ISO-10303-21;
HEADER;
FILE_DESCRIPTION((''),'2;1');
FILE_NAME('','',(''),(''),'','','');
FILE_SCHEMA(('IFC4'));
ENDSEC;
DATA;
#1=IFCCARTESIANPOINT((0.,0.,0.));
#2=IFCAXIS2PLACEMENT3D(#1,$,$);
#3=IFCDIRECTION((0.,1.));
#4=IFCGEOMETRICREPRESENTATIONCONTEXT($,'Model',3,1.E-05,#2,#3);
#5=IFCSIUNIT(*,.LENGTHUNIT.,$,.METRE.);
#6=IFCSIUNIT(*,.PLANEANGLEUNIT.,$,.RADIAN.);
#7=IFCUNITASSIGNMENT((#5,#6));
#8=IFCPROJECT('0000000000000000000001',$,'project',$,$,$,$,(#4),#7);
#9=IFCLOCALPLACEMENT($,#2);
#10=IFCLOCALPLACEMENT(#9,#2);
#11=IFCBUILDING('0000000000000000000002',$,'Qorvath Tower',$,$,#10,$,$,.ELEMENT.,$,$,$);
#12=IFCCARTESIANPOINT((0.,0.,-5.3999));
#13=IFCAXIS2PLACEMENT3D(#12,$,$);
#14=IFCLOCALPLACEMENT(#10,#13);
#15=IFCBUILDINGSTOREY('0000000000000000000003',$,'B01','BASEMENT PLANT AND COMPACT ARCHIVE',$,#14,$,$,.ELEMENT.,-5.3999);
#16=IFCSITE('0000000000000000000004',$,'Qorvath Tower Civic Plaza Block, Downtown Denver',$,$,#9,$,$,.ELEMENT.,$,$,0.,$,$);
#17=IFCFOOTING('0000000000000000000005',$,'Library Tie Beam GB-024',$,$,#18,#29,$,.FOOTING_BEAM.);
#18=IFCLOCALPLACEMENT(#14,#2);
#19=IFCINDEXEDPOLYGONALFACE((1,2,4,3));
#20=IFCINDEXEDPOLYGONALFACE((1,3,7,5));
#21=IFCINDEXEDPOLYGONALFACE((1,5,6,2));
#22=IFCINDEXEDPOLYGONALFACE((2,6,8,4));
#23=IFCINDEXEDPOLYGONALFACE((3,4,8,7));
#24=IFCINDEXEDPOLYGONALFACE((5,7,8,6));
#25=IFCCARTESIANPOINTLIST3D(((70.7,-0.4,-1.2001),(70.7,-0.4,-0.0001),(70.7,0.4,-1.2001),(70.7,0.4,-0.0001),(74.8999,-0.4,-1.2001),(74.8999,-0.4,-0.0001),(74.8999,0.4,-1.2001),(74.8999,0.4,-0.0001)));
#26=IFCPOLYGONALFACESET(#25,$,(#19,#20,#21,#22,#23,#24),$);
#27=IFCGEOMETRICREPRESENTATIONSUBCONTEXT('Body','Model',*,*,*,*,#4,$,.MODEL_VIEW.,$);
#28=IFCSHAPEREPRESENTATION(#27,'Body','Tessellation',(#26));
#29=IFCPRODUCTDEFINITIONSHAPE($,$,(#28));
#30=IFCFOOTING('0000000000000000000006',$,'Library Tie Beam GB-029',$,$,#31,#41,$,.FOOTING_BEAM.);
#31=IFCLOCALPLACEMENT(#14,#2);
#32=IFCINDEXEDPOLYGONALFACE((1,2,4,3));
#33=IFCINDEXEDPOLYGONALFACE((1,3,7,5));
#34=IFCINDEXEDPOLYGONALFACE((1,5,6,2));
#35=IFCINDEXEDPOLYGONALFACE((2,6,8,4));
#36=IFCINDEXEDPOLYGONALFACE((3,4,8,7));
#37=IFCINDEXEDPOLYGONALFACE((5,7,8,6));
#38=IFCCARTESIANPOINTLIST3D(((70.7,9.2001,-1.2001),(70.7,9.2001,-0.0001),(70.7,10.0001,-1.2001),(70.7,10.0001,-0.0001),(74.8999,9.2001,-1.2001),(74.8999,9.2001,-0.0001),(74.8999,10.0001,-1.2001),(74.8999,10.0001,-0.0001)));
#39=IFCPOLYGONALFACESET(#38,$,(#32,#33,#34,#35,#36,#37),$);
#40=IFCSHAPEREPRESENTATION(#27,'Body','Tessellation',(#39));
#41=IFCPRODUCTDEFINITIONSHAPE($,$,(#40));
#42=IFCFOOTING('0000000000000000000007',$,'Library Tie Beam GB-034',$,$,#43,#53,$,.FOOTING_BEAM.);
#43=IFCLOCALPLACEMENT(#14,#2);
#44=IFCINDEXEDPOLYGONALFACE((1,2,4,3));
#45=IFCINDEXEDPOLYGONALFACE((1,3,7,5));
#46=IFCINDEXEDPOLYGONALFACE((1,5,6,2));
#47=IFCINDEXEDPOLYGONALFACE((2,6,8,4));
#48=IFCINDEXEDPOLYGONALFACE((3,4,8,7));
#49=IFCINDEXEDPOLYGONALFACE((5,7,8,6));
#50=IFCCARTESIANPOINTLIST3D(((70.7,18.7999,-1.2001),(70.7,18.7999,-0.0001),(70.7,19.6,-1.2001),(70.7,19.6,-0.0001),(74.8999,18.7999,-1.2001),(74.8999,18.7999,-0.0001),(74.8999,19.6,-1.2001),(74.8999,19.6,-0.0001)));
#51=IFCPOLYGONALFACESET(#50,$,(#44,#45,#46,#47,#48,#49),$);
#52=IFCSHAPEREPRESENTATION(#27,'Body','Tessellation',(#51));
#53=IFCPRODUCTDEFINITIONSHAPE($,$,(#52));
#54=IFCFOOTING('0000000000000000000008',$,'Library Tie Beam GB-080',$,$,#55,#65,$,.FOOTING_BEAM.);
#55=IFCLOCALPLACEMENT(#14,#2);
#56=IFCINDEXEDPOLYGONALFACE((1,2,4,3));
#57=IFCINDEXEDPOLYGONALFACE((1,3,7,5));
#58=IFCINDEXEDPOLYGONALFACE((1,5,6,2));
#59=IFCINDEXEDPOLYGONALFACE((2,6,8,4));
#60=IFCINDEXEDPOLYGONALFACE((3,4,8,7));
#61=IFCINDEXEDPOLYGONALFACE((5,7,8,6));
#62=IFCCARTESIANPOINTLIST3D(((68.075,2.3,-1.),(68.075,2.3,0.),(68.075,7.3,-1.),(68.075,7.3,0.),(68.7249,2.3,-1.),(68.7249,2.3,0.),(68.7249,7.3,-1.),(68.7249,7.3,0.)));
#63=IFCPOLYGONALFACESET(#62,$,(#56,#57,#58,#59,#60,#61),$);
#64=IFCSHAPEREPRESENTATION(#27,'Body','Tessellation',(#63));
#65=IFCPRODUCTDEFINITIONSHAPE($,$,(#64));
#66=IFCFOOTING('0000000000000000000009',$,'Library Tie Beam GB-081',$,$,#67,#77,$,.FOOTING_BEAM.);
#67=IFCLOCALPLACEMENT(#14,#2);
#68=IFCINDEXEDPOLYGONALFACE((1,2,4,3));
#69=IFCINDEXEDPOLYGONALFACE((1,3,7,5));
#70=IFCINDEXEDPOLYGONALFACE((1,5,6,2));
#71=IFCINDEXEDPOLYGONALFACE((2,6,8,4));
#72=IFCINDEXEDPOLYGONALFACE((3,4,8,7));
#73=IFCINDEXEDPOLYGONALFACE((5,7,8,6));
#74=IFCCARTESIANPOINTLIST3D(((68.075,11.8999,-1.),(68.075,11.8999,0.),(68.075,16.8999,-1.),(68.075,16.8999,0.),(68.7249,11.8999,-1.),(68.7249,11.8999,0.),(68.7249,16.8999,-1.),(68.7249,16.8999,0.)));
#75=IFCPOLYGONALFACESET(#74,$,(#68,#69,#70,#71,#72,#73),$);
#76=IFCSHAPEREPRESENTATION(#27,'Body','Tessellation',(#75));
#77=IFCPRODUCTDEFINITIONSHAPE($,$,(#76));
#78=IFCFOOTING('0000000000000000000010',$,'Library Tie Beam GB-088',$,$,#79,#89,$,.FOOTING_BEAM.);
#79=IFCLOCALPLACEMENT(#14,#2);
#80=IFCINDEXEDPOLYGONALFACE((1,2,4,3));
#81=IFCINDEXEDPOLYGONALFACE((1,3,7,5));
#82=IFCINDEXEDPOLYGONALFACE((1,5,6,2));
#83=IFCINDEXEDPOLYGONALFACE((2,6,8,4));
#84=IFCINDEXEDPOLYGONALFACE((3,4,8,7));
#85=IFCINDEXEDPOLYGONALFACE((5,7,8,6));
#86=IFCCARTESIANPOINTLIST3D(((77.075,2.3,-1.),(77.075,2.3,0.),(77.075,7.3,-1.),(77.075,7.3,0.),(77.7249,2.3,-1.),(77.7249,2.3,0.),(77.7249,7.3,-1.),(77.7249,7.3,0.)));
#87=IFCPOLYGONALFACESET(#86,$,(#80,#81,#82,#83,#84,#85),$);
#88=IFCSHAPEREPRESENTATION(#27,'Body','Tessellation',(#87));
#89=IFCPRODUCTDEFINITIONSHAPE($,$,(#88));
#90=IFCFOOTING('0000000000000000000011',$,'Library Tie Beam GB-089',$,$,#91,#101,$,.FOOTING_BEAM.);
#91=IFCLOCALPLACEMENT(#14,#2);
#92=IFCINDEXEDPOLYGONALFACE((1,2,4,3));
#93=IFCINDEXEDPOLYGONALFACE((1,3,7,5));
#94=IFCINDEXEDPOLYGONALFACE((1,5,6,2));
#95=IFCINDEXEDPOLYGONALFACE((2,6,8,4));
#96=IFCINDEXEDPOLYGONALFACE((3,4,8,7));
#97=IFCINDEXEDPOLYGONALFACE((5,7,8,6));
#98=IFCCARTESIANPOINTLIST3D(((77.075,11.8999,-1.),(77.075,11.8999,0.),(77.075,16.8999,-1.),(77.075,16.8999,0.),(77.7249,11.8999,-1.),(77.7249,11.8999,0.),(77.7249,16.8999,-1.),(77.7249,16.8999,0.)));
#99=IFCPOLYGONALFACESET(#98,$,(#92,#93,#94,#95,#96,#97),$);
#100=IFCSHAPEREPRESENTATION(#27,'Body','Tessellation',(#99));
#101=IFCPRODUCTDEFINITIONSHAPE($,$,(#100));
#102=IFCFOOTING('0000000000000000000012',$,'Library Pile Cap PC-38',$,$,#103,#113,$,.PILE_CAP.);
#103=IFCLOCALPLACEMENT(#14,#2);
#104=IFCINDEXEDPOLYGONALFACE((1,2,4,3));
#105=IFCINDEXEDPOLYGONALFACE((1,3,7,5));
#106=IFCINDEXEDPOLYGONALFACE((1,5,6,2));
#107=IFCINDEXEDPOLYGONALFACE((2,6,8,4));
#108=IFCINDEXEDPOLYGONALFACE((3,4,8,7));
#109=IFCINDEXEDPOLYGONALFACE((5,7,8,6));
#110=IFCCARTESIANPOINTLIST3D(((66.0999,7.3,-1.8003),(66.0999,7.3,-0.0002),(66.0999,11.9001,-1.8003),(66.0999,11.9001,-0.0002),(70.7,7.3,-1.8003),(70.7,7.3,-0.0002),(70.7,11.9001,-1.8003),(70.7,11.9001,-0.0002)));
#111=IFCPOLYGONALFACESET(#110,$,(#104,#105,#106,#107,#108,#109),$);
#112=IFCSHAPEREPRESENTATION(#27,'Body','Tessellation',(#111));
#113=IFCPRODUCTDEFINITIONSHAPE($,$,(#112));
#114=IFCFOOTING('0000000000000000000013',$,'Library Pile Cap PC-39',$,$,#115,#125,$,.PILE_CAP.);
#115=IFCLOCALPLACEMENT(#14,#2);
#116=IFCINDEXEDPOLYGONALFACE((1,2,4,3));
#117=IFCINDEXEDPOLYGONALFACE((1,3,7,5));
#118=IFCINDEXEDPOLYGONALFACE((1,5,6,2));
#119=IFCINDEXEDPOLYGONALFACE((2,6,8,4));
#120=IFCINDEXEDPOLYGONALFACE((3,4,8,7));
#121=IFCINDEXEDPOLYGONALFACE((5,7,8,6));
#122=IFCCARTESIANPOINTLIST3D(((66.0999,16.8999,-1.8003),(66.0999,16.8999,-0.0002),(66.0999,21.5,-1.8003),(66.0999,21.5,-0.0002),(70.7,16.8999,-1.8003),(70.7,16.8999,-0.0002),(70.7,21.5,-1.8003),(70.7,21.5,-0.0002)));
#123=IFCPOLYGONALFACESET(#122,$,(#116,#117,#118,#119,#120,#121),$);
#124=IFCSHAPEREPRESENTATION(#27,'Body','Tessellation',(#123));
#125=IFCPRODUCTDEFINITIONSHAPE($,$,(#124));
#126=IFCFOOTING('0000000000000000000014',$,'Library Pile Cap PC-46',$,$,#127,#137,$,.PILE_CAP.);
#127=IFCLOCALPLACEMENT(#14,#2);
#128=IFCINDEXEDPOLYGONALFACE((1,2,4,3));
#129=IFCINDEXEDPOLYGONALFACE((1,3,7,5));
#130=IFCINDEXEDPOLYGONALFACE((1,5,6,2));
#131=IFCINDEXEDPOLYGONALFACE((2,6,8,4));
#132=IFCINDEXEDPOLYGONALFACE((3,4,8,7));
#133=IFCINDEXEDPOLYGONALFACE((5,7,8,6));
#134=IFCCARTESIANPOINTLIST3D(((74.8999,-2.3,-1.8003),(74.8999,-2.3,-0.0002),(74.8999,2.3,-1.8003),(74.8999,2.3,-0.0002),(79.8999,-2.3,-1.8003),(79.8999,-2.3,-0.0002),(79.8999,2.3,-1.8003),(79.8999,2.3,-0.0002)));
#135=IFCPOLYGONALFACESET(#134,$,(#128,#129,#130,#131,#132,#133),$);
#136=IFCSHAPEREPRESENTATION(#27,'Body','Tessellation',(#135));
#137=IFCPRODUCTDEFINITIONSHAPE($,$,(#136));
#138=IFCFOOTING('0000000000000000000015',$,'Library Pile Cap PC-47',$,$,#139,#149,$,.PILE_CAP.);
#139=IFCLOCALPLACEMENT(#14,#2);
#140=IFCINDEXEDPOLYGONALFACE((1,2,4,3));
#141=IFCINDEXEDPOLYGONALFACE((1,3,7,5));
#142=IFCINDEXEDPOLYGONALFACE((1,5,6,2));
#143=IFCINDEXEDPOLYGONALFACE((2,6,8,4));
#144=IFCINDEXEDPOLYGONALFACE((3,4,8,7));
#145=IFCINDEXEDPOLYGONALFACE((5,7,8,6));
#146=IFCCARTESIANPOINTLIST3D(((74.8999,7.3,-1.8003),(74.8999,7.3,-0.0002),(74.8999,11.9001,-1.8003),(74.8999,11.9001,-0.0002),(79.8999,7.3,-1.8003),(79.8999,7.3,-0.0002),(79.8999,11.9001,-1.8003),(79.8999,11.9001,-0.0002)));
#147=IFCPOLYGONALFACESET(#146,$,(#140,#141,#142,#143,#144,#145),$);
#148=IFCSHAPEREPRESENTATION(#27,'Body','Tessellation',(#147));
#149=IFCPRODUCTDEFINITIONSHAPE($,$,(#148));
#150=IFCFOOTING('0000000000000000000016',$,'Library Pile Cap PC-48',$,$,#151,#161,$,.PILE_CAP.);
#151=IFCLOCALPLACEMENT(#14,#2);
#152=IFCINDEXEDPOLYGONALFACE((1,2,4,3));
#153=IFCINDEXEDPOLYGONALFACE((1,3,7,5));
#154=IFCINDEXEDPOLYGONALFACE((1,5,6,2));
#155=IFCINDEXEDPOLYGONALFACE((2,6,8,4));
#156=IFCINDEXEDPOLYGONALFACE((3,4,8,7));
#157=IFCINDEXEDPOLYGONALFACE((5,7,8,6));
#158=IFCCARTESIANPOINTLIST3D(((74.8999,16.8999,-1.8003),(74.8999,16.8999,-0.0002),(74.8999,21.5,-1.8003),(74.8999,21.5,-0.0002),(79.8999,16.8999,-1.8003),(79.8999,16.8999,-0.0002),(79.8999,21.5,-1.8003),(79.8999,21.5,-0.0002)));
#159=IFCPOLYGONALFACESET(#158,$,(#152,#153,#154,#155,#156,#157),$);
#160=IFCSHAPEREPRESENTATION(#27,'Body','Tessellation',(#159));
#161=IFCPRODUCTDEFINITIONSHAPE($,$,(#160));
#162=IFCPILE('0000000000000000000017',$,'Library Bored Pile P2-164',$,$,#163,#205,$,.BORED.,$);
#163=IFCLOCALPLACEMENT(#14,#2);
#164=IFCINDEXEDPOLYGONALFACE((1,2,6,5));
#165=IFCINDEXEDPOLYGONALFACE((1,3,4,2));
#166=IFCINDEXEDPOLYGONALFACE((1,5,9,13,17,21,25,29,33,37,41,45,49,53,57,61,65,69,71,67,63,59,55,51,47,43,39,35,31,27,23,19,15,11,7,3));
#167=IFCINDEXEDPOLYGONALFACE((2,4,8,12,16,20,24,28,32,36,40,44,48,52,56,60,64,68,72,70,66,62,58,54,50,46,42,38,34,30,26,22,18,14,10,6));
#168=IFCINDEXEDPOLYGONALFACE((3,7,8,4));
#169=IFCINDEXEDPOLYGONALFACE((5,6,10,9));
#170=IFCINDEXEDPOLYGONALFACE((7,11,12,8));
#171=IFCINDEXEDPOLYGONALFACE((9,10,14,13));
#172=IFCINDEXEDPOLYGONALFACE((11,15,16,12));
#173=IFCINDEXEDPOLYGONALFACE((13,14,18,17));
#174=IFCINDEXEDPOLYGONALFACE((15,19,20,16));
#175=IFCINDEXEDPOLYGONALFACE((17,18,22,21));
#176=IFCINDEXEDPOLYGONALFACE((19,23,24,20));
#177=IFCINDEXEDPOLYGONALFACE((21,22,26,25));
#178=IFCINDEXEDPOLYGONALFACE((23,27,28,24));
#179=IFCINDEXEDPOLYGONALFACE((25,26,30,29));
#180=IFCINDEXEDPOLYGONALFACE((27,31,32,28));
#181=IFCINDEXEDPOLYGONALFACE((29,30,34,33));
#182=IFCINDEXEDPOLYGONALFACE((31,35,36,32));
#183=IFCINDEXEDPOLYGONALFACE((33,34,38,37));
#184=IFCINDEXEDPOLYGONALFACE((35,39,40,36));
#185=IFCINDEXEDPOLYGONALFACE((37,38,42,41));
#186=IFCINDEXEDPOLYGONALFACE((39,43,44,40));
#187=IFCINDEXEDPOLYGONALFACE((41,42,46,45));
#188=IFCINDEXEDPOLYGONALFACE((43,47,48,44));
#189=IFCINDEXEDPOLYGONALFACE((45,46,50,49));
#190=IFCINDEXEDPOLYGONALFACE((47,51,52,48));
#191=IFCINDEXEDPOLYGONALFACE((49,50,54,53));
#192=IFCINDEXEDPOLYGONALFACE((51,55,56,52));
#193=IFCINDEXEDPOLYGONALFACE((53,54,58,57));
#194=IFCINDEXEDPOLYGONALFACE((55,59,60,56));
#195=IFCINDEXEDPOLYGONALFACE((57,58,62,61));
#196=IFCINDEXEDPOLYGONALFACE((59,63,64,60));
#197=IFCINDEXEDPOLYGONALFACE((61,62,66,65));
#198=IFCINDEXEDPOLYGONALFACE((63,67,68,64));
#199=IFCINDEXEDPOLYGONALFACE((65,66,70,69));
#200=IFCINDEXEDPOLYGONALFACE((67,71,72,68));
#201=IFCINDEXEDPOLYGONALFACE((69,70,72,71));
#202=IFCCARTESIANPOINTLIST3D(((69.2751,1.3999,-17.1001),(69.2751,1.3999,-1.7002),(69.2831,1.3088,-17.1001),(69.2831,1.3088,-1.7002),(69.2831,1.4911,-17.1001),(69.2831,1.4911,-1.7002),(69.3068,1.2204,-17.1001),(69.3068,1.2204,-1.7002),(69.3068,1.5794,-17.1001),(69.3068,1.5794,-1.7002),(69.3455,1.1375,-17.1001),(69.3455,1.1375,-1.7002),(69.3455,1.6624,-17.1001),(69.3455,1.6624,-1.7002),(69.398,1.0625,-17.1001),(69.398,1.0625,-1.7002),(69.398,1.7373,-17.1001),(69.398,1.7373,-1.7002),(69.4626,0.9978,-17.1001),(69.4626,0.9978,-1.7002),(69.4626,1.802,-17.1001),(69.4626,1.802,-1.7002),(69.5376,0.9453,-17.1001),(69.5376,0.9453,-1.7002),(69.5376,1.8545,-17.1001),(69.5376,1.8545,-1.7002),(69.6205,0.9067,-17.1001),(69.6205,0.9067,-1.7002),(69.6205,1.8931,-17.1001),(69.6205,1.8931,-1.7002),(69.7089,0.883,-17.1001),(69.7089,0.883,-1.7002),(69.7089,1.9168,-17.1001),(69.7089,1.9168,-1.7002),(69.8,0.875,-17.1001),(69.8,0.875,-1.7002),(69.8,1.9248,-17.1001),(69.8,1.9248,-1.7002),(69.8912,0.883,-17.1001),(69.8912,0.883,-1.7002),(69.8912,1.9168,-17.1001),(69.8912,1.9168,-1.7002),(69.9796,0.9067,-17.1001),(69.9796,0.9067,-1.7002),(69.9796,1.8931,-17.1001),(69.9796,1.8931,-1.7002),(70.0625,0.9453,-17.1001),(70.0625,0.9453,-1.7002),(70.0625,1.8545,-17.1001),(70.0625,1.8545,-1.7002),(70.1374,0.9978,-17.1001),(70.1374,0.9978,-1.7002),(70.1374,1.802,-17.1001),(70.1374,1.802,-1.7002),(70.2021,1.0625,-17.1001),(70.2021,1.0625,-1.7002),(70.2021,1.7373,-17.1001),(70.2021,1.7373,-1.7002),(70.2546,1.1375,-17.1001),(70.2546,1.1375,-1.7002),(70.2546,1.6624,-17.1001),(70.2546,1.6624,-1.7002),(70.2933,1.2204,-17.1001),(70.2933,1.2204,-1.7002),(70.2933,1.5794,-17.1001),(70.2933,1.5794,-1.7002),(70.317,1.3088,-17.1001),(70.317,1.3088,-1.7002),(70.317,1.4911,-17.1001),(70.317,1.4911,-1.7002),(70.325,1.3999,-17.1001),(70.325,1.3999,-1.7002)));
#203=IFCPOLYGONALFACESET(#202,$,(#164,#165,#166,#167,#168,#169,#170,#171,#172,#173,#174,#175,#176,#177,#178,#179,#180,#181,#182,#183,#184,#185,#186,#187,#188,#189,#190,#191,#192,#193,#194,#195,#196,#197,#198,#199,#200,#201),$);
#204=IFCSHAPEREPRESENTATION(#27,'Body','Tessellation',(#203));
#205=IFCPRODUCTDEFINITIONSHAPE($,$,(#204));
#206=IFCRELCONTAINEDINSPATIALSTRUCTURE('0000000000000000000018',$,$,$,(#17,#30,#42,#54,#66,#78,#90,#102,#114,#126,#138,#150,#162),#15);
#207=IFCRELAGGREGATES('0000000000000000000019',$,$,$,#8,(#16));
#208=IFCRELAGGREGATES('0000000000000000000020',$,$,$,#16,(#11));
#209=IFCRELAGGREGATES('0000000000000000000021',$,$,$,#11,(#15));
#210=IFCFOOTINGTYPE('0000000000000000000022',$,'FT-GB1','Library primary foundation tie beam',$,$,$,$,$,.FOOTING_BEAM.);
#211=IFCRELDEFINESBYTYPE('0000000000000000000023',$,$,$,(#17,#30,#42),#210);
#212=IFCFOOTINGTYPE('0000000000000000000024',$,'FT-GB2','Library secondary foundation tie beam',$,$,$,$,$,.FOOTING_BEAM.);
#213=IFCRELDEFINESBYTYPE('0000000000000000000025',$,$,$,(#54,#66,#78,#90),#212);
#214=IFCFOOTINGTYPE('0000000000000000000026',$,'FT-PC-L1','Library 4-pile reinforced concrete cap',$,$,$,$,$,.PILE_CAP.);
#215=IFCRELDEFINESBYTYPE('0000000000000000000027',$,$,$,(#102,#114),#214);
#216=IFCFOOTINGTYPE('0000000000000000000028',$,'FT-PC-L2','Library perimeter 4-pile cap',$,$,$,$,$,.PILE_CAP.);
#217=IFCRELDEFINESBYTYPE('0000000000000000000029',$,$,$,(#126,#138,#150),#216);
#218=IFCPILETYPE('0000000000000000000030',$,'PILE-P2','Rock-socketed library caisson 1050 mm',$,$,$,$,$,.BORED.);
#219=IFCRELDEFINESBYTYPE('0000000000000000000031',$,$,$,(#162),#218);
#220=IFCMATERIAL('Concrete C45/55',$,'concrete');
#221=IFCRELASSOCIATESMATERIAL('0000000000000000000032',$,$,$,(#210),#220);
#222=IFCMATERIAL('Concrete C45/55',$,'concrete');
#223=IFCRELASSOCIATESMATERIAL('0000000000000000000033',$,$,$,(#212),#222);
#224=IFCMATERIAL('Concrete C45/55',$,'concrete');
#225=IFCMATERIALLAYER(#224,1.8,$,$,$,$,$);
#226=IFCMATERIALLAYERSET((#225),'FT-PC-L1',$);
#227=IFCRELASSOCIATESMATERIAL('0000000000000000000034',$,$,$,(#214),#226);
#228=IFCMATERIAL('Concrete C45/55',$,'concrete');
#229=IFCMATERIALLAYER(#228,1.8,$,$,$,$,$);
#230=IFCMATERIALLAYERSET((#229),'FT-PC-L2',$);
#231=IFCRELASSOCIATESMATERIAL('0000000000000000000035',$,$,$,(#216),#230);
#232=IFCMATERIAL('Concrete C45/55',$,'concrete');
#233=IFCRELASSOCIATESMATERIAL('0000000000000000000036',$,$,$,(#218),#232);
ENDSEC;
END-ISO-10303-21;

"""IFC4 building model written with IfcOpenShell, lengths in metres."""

from ifc_helpers import new_model, si_unit, direction, frame, origin, origin_2d, place, context, subcontext, project, spatial, rectangle, circle, extrude, material, layer, layer_set, material_profile, profile_set, type_object, element, save


model = new_model("IFC4")

# Units and contexts
model_context = context("Model", 3, precision=1e-05, world=origin(), true_north=direction((0.0, 1.0)))
body_context = subcontext(model_context, "Body", "Model", "MODEL_VIEW")
ifc_project = project(units=[si_unit("LENGTHUNIT", "METRE"), si_unit("PLANEANGLEUNIT", "RADIAN")], contexts=[model_context])

# Site, building, storey
site_placement = place(None, origin())
site = spatial("IfcSite", under=ifc_project, at=site_placement, Name="Qorvath Tower Civic Plaza Block, Downtown Denver", CompositionType="ELEMENT", RefElevation=0.0)
building_placement = place(site_placement, origin())
building = spatial("IfcBuilding", under=site, at=building_placement, Name="Qorvath Tower", CompositionType="ELEMENT")
storey_placement = place(building_placement, frame((0.0, 0.0, -5.3999)))
storey = spatial("IfcBuildingStorey", under=building, at=storey_placement, Name="B01", Description="BASEMENT PLANT AND COMPACT ARCHIVE", CompositionType="ELEMENT", Elevation=-5.3999)

# Footings
ifc_material_1 = material(Name="Concrete C45/55", Category="concrete")
ifc_material_profile_1 = material_profile(ifc_material_1, rectangle(XDim=0.8, YDim=1.2, at=origin_2d()), Name="GB 800x1200")
ifc_profile_set_1 = profile_set([ifc_material_profile_1], Name="Concrete C45/55")
footing_type_1 = type_object("IfcFootingType", Name="FT-GB1", Description="Library primary foundation tie beam", PredefinedType="FOOTING_BEAM", material=ifc_profile_set_1)
for number, where, z_axis, x_axis, name in (
    (1, (70.7, 0.0, -0.6001), (1.0, 0.0, 0.0), (0.0, 1.0, 0.0), "Library Tie Beam GB-024"),
    (2, (70.7, 9.6001, -0.6001), (1.0, 0.0, 0.0), (0.0, 1.0, 0.0), "Library Tie Beam GB-029"),
    (3, (70.7, 19.2, -0.6001), (1.0, 0.0, 0.0), (0.0, 1.0, 0.0), "Library Tie Beam GB-034"),
):
    element("IfcFooting", number, at=place(storey_placement, frame(where, z_axis=z_axis, x_axis=x_axis)), inside=storey, type_object=footing_type_1, Name=name, PredefinedType="FOOTING_BEAM", context=body_context, shape_type="SweptSolid", body=[
        extrude(rectangle(XDim=0.8, YDim=1.2, at=origin_2d()), origin(), (0.0, 0.0, 1.0), 4.2),
    ])
ifc_material_2 = material(Name="Concrete C45/55", Category="concrete")
ifc_material_profile_2 = material_profile(ifc_material_2, rectangle(XDim=0.6499, YDim=1.0, at=origin_2d()), Name="GB 650x1000")
ifc_profile_set_2 = profile_set([ifc_material_profile_2], Name="Concrete C45/55")
footing_type_2 = type_object("IfcFootingType", Name="FT-GB2", Description="Library secondary foundation tie beam", PredefinedType="FOOTING_BEAM", material=ifc_profile_set_2)
for number, where, z_axis, x_axis, name in (
    (4, (68.3999, 2.3, -0.5), (0.0, 1.0, 0.0), (-1.0, 0.0, 0.0), "Library Tie Beam GB-080"),
    (5, (68.3999, 11.8999, -0.5), (0.0, 1.0, 0.0), (-1.0, 0.0, 0.0), "Library Tie Beam GB-081"),
    (6, (77.3999, 2.3, -0.5), (0.0, 1.0, 0.0), (-1.0, 0.0, 0.0), "Library Tie Beam GB-088"),
    (7, (77.3999, 11.8999, -0.5), (0.0, 1.0, 0.0), (-1.0, 0.0, 0.0), "Library Tie Beam GB-089"),
):
    element("IfcFooting", number, at=place(storey_placement, frame(where, z_axis=z_axis, x_axis=x_axis)), inside=storey, type_object=footing_type_2, Name=name, PredefinedType="FOOTING_BEAM", context=body_context, shape_type="SweptSolid", body=[
        extrude(rectangle(XDim=0.6499, YDim=1.0, at=origin_2d()), origin(), (0.0, 0.0, 1.0), 5.0),
    ])
ifc_material_3 = material(Name="Concrete C45/55", Category="concrete")
ifc_layer_1 = layer(ifc_material_3, 1.8)
ifc_layer_set_1 = layer_set([ifc_layer_1], Name="FT-PC-L1")
footing_type_3 = type_object("IfcFootingType", Name="FT-PC-L1", Description="Library 4-pile reinforced concrete cap", PredefinedType="PILE_CAP", material=ifc_layer_set_1)
for number, where, z_axis, x_axis, name in (
    (8, (68.3999, 9.6001, -1.8003), (0.0, 0.0, 1.0), (1.0, 0.0, 0.0), "Library Pile Cap PC-38"),
    (9, (68.3999, 19.2, -1.8003), (0.0, 0.0, 1.0), (1.0, 0.0, 0.0), "Library Pile Cap PC-39"),
):
    element("IfcFooting", number, at=place(storey_placement, frame(where, z_axis=z_axis, x_axis=x_axis)), inside=storey, type_object=footing_type_3, Name=name, PredefinedType="PILE_CAP", context=body_context, shape_type="SweptSolid", body=[
        extrude(rectangle(XDim=4.6001, YDim=4.6001, at=origin_2d()), origin(), (0.0, 0.0, 1.0), 1.8),
    ])
ifc_material_4 = material(Name="Concrete C45/55", Category="concrete")
ifc_layer_2 = layer(ifc_material_4, 1.8)
ifc_layer_set_2 = layer_set([ifc_layer_2], Name="FT-PC-L2")
footing_type_4 = type_object("IfcFootingType", Name="FT-PC-L2", Description="Library perimeter 4-pile cap", PredefinedType="PILE_CAP", material=ifc_layer_set_2)
for number, where, z_axis, x_axis, name in (
    (10, (77.3999, 0.0, -1.8003), (0.0, 0.0, 1.0), (1.0, 0.0, 0.0), "Library Pile Cap PC-46"),
    (11, (77.3999, 9.6001, -1.8003), (0.0, 0.0, 1.0), (1.0, 0.0, 0.0), "Library Pile Cap PC-47"),
    (12, (77.3999, 19.2, -1.8003), (0.0, 0.0, 1.0), (1.0, 0.0, 0.0), "Library Pile Cap PC-48"),
):
    element("IfcFooting", number, at=place(storey_placement, frame(where, z_axis=z_axis, x_axis=x_axis)), inside=storey, type_object=footing_type_4, Name=name, PredefinedType="PILE_CAP", context=body_context, shape_type="SweptSolid", body=[
        extrude(rectangle(XDim=5.0, YDim=4.6001, at=origin_2d()), origin(), (0.0, 0.0, 1.0), 1.8),
    ])

# Pile
ifc_material_5 = material(Name="Concrete C45/55", Category="concrete")
ifc_material_profile_3 = material_profile(ifc_material_5, circle(Radius=0.5249, at=origin_2d()), Name="BORED PILE 1050")
ifc_profile_set_3 = profile_set([ifc_material_profile_3], Name="Concrete C45/55")
pile_type = type_object("IfcPileType", Name="PILE-P2", Description="Rock-socketed library caisson 1050 mm", PredefinedType="BORED", material=ifc_profile_set_3)
for number, where, z_axis, x_axis, name in (
    (13, (69.8, 1.3999, -1.7002), (0.0, 0.0, -1.0), (1.0, 0.0, 0.0), "Library Bored Pile P2-164"),
):
    element("IfcPile", number, at=place(storey_placement, frame(where, z_axis=z_axis, x_axis=x_axis)), inside=storey, type_object=pile_type, Name=name, PredefinedType="BORED", context=body_context, shape_type="SweptSolid", body=[
        extrude(circle(Radius=0.5249, at=origin_2d()), origin(), (0.0, 0.0, 1.0), 15.3999),
    ])

save(model, "model.ifc")
